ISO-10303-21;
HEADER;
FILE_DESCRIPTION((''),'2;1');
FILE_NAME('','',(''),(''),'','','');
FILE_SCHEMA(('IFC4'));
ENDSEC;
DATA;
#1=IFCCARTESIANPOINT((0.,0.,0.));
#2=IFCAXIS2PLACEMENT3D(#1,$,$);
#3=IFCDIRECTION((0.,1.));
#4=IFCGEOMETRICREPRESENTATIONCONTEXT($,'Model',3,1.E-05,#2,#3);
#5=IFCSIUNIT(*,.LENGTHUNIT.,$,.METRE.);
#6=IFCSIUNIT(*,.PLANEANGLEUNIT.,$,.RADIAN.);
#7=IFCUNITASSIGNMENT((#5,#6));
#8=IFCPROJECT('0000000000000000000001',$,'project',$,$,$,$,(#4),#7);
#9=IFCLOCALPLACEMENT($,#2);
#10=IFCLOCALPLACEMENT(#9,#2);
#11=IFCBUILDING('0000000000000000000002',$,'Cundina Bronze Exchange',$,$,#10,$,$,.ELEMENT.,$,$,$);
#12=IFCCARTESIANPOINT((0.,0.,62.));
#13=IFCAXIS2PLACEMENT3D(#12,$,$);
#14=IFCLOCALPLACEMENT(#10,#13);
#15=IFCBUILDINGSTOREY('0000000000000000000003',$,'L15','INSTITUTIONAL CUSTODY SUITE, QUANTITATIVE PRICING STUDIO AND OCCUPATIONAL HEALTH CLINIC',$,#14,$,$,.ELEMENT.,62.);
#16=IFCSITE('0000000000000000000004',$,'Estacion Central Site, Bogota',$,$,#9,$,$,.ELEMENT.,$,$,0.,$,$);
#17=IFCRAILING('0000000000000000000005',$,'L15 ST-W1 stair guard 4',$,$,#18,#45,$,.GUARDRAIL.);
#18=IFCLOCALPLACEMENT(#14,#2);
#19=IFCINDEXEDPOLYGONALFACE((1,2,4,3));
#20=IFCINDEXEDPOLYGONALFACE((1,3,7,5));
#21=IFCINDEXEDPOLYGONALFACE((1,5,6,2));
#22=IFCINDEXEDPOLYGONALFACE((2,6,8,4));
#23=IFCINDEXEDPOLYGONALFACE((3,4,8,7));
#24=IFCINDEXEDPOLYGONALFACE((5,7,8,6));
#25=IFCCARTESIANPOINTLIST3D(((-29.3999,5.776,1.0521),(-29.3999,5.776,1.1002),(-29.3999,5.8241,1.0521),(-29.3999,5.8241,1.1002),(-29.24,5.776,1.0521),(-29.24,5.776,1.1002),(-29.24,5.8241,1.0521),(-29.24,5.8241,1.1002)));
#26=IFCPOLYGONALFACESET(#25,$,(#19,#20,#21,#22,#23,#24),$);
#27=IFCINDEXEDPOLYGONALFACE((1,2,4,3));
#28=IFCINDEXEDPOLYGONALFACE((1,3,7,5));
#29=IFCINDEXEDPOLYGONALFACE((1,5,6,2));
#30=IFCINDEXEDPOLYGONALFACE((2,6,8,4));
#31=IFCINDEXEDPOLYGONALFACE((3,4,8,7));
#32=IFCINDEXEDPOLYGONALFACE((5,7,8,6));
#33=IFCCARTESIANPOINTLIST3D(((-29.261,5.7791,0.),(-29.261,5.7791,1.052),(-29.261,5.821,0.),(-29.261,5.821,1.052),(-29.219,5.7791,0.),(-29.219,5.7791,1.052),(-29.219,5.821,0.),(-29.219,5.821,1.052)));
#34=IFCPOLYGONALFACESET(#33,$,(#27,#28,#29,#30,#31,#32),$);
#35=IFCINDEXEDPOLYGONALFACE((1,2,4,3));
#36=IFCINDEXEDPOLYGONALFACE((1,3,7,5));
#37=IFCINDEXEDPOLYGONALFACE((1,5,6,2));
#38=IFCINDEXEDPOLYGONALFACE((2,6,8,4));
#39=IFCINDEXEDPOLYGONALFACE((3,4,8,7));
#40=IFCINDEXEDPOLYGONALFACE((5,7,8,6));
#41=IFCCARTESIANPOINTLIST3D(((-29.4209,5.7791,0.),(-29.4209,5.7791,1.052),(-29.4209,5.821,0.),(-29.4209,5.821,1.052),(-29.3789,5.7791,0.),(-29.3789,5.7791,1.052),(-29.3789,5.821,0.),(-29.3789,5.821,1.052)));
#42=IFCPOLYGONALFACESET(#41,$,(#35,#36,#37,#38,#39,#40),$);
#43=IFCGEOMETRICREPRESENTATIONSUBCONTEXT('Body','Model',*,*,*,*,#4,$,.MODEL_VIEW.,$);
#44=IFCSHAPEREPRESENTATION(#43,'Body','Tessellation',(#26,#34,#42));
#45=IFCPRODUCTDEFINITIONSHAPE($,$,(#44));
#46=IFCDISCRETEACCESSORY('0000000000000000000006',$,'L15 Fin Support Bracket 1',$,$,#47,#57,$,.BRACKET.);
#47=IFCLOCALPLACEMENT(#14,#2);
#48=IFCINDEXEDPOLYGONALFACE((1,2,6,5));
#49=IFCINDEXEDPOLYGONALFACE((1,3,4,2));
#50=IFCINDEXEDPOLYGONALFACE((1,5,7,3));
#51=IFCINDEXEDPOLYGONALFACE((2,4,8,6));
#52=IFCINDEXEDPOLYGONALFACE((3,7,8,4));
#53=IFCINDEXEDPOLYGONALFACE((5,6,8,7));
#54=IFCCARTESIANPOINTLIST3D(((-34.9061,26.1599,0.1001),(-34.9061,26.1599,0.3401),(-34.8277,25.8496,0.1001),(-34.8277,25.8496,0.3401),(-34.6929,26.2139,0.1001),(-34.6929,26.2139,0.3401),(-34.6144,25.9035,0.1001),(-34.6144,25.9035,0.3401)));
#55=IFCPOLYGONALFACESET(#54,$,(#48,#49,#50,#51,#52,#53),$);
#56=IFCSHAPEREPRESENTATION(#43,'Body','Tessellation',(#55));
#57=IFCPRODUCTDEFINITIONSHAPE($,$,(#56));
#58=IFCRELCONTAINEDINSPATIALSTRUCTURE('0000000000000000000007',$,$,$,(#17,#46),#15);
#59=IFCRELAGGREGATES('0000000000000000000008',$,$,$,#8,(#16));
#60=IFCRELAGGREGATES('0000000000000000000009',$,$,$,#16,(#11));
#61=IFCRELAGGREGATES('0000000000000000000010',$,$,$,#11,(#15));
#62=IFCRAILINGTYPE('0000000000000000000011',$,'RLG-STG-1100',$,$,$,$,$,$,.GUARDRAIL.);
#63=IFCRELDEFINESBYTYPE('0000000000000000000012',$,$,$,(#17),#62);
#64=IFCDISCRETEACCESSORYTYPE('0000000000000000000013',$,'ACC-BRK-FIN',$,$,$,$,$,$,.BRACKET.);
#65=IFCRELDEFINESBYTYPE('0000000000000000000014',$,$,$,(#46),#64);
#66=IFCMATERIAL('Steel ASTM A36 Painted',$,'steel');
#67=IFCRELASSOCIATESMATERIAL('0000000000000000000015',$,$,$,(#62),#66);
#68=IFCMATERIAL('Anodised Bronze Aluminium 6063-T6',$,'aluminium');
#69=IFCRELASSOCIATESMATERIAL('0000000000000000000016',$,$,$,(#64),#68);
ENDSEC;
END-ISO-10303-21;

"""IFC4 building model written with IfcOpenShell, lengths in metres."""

from ifc_helpers import new_model, si_unit, direction, frame, origin, origin_2d, place, context, subcontext, project, spatial, rectangle, extrude, material, type_object, element, save


model = new_model("IFC4")

# Units and contexts
model_context = context("Model", 3, precision=1e-05, world=origin(), true_north=direction((0.0, 1.0)))
body_context = subcontext(model_context, "Body", "Model", "MODEL_VIEW")
ifc_project = project(units=[si_unit("LENGTHUNIT", "METRE"), si_unit("PLANEANGLEUNIT", "RADIAN")], contexts=[model_context])

# Site, building, storey
site_placement = place(None, origin())
site = spatial("IfcSite", under=ifc_project, at=site_placement, Name="Estacion Central Site, Bogota", CompositionType="ELEMENT", RefElevation=0.0)
building_placement = place(site_placement, origin())
building = spatial("IfcBuilding", under=site, at=building_placement, Name="Cundina Bronze Exchange", CompositionType="ELEMENT")
storey_placement = place(building_placement, frame((0.0, 0.0, 62.0)))
storey = spatial("IfcBuildingStorey", under=building, at=storey_placement, Name="L15", Description="INSTITUTIONAL CUSTODY SUITE, QUANTITATIVE PRICING STUDIO AND OCCUPATIONAL HEALTH CLINIC", CompositionType="ELEMENT", Elevation=62.0)

# Shared definitions
ifc_material_1 = material(Name="Anodised Bronze Aluminium 6063-T6", Category="aluminium")

# Shared definitions
ifc_material_2 = material(Name="Steel ASTM A36 Painted", Category="steel")

# Railing
railing_type_1 = type_object("IfcRailingType", Name="RLG-STG-1100", PredefinedType="GUARDRAIL", material=ifc_material_2)
railing_1_placement = place(storey_placement, frame((-29.24, 5.8, 0.0)))
element("IfcRailing", 1, at=railing_1_placement, inside=storey, type_object=railing_type_1, Name="L15 ST-W1 stair guard 4", PredefinedType="GUARDRAIL", context=body_context, shape_type="SweptSolid", body=[
    extrude(rectangle(XDim=0.0481, YDim=0.0481, at=origin_2d()), frame((0.0, 0.0, 1.0762), z_axis=(-1.0, 0.0, 0.0), x_axis=(0.0, -1.0, 0.0)), (0.0, 0.0, 1.0), 0.1599),
    extrude(rectangle(XDim=0.042, YDim=0.042, at=origin_2d()), origin(), (0.0, 0.0, 1.0), 1.052),
    extrude(rectangle(XDim=0.042, YDim=0.042, at=origin_2d()), frame((-0.1599, 0.0, 0.0)), (0.0, 0.0, 1.0), 1.052),
])

# Discrete accessory
discrete_accessory_type = type_object("IfcDiscreteAccessoryType", Name="ACC-BRK-FIN", PredefinedType="BRACKET", material=ifc_material_1)
discrete_accessory_placement = place(storey_placement, frame((-34.7603, 26.0317, 0.1001), z_axis=(0.0, 0.0, 1.0), x_axis=(-0.969488, -0.245138, 0.0)))
element("IfcDiscreteAccessory", 2, at=discrete_accessory_placement, inside=storey, type_object=discrete_accessory_type, Name="L15 Fin Support Bracket 1", PredefinedType="BRACKET", context=body_context, shape_type="SweptSolid", body=[
    extrude(rectangle(XDim=0.22, YDim=0.3201, at=origin_2d()), origin(), (0.0, 0.0, 1.0), 0.24),
])

save(model, "model.ifc")
